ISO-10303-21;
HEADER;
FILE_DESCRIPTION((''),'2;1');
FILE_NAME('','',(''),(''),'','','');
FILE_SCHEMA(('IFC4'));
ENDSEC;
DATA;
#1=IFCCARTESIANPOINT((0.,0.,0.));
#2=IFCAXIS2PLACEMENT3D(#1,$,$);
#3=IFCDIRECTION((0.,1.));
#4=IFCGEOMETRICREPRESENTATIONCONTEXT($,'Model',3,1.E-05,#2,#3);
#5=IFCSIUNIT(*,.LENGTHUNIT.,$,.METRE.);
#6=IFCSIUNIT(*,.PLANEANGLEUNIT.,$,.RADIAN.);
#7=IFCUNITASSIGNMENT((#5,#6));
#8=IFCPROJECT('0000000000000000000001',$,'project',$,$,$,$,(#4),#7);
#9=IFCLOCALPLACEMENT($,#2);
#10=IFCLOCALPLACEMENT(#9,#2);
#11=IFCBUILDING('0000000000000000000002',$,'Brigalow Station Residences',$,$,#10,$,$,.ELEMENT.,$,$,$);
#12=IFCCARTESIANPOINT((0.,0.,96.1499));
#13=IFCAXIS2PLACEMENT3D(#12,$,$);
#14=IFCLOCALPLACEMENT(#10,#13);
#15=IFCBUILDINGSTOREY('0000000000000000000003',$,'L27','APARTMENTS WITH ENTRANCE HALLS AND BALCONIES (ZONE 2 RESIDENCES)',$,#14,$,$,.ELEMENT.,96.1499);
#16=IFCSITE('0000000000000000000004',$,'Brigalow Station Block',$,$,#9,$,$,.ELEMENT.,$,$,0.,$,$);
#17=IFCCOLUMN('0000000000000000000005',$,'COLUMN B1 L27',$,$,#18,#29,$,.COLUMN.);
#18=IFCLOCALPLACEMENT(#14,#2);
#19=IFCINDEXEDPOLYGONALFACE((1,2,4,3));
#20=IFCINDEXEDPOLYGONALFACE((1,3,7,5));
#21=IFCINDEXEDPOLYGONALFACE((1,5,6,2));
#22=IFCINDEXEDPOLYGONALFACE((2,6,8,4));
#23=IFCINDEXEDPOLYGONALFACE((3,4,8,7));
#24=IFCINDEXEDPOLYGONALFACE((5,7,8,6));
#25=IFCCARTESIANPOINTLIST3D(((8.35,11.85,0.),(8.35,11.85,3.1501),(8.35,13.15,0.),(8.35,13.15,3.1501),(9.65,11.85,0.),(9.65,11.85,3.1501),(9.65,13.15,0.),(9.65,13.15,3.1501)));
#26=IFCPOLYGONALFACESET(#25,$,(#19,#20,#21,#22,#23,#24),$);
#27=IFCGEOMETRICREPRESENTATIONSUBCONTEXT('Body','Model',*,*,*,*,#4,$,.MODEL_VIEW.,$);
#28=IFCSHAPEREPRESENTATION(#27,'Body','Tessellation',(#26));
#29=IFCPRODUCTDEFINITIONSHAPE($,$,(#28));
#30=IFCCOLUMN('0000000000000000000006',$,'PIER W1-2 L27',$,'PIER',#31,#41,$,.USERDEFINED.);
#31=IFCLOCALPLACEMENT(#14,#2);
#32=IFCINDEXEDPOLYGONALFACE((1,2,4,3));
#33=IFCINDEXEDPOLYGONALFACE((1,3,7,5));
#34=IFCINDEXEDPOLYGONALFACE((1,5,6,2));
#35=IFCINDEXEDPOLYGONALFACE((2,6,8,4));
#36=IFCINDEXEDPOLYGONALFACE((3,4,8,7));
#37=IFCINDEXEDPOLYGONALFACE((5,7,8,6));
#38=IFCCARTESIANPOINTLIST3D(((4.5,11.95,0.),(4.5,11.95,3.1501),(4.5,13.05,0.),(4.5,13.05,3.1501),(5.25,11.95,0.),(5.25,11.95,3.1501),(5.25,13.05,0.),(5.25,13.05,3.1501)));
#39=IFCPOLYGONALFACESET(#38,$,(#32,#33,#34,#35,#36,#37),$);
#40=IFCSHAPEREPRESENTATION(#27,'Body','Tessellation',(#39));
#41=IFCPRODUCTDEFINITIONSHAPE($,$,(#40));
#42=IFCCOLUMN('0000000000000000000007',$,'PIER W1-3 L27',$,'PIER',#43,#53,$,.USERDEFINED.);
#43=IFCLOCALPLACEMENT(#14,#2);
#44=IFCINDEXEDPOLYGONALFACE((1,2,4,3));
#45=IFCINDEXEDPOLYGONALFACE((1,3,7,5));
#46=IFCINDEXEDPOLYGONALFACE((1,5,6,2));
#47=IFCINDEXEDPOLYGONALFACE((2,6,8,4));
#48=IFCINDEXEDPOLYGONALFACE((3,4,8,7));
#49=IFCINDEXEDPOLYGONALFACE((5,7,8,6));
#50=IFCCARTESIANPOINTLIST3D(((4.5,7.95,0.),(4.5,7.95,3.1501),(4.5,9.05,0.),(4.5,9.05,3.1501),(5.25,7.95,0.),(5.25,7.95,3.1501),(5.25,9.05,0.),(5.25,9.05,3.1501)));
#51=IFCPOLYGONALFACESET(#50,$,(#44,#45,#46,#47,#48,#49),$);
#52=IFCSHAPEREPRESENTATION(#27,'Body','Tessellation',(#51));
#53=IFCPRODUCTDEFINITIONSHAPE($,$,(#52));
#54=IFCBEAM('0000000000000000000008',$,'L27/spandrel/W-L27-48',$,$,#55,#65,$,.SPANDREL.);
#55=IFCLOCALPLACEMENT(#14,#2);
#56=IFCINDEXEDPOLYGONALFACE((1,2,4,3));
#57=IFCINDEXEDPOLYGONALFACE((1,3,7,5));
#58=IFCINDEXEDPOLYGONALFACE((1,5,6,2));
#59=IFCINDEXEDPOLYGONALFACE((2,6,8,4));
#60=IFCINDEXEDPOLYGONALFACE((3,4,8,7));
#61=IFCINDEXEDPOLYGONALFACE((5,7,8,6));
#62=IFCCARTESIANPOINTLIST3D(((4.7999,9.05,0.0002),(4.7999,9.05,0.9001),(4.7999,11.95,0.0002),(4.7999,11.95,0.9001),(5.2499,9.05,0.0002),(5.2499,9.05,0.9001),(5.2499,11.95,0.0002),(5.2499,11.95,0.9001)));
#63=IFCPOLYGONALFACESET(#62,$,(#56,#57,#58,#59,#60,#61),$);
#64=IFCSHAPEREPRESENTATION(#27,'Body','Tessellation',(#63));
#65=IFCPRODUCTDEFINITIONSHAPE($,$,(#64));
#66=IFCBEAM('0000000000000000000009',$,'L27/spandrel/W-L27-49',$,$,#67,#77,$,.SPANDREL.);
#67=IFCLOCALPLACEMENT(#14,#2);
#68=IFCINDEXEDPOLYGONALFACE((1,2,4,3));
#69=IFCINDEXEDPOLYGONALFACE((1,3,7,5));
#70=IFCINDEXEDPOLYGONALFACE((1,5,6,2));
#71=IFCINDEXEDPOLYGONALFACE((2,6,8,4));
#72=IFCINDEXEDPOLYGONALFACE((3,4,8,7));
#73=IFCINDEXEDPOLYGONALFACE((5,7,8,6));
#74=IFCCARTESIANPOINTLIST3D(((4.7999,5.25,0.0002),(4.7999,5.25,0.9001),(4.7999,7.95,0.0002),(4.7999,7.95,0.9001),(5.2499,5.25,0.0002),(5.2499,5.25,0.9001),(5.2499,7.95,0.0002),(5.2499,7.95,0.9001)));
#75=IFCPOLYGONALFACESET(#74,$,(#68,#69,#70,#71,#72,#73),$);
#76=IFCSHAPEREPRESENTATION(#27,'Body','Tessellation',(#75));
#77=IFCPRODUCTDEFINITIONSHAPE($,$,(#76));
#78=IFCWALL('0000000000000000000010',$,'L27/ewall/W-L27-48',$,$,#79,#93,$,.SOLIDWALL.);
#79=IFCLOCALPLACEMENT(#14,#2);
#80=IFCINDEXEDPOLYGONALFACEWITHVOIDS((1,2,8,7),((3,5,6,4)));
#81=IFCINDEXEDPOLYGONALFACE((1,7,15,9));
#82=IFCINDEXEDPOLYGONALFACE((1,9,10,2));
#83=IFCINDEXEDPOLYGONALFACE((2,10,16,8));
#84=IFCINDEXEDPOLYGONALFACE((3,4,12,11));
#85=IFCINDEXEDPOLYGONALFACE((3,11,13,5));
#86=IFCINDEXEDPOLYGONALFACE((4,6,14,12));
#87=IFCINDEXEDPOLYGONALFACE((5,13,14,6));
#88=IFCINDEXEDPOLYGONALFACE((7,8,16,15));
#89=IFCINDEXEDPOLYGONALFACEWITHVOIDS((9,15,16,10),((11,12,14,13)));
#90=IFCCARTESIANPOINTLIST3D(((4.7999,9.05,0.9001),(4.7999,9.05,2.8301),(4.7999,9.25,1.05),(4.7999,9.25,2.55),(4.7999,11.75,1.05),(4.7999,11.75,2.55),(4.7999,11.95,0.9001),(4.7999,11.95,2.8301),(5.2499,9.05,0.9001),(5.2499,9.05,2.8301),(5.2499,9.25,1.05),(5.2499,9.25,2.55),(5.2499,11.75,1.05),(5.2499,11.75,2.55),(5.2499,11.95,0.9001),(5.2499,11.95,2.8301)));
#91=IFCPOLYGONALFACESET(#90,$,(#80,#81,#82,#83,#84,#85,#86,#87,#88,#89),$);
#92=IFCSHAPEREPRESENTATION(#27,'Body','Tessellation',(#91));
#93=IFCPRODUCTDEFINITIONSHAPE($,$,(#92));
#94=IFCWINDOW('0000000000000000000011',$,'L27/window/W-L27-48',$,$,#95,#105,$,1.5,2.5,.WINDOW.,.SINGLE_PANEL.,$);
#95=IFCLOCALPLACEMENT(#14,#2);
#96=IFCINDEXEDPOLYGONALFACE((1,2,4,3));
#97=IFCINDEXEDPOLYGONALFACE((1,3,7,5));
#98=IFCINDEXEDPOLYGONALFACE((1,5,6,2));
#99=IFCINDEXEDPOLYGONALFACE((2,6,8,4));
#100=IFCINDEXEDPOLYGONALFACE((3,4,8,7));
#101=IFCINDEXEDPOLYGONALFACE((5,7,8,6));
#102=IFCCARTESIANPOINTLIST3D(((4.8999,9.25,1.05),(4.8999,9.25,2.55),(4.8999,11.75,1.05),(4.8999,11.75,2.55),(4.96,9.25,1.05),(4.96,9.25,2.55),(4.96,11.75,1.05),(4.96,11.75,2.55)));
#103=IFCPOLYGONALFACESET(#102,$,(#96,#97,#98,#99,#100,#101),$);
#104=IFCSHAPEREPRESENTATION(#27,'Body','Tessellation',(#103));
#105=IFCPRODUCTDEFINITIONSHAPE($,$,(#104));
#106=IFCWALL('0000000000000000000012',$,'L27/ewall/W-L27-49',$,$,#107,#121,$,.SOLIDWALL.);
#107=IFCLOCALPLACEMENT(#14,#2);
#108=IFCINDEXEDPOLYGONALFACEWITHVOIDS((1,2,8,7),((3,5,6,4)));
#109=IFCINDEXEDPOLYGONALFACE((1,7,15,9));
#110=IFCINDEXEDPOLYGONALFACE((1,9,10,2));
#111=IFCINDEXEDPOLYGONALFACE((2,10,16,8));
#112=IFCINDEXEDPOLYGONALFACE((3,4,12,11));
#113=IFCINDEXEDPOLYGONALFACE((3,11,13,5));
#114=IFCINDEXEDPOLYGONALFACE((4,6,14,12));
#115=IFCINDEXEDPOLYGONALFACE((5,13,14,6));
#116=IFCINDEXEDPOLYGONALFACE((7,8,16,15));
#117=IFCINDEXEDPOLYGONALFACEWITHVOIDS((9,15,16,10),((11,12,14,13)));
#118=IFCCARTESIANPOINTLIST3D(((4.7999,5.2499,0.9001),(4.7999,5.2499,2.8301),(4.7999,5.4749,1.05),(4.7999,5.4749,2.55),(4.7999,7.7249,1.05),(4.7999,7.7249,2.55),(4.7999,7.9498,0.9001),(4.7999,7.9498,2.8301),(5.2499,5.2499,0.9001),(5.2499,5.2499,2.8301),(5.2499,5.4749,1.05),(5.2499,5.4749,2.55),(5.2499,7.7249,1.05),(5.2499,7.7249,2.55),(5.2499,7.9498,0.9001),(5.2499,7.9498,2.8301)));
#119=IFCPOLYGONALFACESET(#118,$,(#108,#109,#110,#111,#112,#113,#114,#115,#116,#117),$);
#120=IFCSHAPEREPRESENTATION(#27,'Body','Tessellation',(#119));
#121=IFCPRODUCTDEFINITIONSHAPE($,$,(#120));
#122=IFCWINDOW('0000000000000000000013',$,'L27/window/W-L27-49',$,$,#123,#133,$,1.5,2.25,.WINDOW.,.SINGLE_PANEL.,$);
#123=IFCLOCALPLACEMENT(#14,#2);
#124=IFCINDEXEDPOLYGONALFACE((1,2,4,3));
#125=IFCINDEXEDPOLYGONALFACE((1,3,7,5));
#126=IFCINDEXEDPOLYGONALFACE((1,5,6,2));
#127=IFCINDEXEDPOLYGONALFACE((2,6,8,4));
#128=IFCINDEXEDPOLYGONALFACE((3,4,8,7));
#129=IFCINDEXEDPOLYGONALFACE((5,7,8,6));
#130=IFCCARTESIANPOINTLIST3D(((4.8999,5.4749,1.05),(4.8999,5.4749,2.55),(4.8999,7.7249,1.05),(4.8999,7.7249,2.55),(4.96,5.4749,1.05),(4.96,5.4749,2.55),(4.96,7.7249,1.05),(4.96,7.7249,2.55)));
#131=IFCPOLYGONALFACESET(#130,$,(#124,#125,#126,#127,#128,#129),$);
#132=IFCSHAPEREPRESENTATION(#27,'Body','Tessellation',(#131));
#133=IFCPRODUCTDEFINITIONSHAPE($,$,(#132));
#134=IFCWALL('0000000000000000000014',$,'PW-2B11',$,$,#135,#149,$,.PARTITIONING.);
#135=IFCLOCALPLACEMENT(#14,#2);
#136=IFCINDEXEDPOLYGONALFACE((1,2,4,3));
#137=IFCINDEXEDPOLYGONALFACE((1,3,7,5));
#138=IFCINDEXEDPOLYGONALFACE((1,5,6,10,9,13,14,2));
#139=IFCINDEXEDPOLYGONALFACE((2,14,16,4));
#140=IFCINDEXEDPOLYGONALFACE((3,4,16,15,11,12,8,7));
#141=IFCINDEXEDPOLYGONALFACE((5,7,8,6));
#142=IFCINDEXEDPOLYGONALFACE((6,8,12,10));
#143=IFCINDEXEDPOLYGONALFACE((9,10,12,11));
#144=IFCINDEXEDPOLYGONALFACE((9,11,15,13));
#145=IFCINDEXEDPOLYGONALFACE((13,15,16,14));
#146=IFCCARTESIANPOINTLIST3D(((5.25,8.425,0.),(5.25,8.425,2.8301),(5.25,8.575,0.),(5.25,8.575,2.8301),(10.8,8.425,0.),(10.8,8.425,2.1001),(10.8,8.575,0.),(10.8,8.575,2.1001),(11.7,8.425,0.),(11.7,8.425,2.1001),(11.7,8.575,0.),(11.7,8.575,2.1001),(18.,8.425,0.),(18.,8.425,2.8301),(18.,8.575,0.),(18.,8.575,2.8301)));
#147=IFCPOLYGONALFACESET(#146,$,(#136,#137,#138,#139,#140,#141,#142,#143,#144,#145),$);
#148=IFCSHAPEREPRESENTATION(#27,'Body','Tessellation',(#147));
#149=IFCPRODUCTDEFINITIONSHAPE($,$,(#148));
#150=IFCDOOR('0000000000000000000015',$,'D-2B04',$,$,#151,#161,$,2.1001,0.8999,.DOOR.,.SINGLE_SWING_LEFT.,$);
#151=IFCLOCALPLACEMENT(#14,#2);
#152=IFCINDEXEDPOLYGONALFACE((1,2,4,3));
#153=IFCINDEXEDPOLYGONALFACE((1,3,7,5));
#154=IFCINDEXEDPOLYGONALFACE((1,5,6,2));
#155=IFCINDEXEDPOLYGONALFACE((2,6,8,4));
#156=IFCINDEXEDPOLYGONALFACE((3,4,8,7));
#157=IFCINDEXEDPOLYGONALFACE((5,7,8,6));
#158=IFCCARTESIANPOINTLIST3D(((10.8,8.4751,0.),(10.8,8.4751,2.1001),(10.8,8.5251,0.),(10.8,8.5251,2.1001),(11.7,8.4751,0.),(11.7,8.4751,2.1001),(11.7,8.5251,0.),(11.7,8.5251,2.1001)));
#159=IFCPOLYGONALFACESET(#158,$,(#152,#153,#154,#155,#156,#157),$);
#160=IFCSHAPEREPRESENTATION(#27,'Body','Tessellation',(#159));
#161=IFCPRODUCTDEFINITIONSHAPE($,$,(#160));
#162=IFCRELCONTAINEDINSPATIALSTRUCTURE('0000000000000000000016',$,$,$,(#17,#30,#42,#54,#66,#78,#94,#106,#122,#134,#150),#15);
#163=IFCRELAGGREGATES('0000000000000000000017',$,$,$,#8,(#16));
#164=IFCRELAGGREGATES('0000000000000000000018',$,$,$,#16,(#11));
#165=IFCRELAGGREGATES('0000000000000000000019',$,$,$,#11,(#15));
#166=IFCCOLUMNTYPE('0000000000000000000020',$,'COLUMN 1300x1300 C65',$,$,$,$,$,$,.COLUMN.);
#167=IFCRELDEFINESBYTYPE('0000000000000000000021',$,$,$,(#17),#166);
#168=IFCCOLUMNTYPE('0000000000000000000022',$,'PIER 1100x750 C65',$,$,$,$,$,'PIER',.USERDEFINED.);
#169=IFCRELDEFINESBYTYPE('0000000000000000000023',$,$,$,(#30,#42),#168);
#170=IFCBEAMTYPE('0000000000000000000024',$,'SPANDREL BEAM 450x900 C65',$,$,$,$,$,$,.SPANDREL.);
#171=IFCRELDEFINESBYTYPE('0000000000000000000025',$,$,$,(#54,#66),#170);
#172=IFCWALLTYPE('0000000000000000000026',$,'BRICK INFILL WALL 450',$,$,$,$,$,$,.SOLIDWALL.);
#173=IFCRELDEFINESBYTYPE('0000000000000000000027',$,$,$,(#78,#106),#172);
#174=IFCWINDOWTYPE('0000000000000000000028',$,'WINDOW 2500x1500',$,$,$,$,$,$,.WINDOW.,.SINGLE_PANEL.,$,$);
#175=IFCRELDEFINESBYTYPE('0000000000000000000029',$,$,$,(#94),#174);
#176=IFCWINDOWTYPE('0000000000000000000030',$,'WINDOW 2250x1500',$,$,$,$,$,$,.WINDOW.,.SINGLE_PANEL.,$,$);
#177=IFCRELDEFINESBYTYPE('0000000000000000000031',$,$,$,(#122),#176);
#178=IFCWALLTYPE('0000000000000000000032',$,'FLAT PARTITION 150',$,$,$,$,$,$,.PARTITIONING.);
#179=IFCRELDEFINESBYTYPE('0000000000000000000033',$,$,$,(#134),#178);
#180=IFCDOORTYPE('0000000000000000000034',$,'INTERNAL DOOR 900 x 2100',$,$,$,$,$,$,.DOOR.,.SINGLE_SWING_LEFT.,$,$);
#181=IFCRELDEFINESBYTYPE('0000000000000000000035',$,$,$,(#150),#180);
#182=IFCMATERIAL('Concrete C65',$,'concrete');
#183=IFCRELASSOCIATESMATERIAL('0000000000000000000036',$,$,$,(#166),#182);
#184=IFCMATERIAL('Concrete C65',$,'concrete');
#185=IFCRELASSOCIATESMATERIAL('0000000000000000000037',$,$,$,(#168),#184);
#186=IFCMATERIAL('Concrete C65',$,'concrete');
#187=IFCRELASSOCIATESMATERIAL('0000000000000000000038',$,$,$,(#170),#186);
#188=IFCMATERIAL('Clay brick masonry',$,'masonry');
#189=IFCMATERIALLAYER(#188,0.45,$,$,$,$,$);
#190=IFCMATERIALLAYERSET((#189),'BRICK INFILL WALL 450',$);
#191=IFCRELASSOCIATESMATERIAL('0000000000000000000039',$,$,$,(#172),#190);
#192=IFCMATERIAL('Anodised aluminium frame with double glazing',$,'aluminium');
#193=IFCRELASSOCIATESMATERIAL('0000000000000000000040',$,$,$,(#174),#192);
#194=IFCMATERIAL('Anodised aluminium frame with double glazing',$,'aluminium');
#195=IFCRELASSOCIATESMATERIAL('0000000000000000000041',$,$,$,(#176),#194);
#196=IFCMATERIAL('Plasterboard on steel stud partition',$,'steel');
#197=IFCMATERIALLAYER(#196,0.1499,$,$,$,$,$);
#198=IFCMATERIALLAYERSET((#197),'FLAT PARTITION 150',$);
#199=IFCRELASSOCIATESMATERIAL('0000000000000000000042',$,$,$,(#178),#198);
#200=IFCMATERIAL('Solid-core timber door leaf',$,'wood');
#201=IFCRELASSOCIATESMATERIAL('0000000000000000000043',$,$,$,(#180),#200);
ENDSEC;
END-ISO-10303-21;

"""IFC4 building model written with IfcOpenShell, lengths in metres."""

from ifc_helpers import new_model, si_unit, direction, frame, frame_2d, origin, origin_2d, place, context, subcontext, project, spatial, rectangle, extrude, material, layer, layer_set, material_profile, profile_set, type_object, element, fill, save


model = new_model("IFC4")

# Units and contexts
model_context = context("Model", 3, precision=1e-05, world=origin(), true_north=direction((0.0, 1.0)))
body_context = subcontext(model_context, "Body", "Model", "MODEL_VIEW")
ifc_project = project(units=[si_unit("LENGTHUNIT", "METRE"), si_unit("PLANEANGLEUNIT", "RADIAN")], contexts=[model_context])

# Site, building, storey
site_placement = place(None, origin())
site = spatial("IfcSite", under=ifc_project, at=site_placement, Name="Brigalow Station Block", CompositionType="ELEMENT", RefElevation=0.0)
building_placement = place(site_placement, origin())
building = spatial("IfcBuilding", under=site, at=building_placement, Name="Brigalow Station Residences", CompositionType="ELEMENT")
storey_placement = place(building_placement, frame((0.0, 0.0, 96.1499)))
storey = spatial("IfcBuildingStorey", under=building, at=storey_placement, Name="L27", Description="APARTMENTS WITH ENTRANCE HALLS AND BALCONIES (ZONE 2 RESIDENCES)", CompositionType="ELEMENT", Elevation=96.1499)

# Columns
ifc_material_1 = material(Name="Concrete C65", Category="concrete")
ifc_material_profile_1 = material_profile(ifc_material_1, rectangle(XDim=1.3, YDim=1.3, at=origin_2d()), Name="RC1300x1300")
ifc_profile_set_1 = profile_set([ifc_material_profile_1], Name="Concrete C65")
column_type_1 = type_object("IfcColumnType", Name="COLUMN 1300x1300 C65", PredefinedType="COLUMN", material=ifc_profile_set_1)
column_placement = place(storey_placement, frame((9.0, 12.5, 0.0), z_axis=(0.0, 0.0, 1.0), x_axis=(1.0, 0.0, 0.0)))
element("IfcColumn", 1, at=column_placement, inside=storey, type_object=column_type_1, Name="COLUMN B1 L27", PredefinedType="COLUMN", context=body_context, shape_type="SweptSolid", body=[
    extrude(rectangle(XDim=1.3, YDim=1.3, at=origin_2d()), origin(), (0.0, 0.0, 1.0), 3.1501),
])
ifc_material_2 = material(Name="Concrete C65", Category="concrete")
ifc_material_profile_2 = material_profile(ifc_material_2, rectangle(XDim=1.1001, YDim=0.75, at=origin_2d()), Name="RC1100x750")
ifc_profile_set_2 = profile_set([ifc_material_profile_2], Name="Concrete C65")
column_type_2 = type_object("IfcColumnType", Name="PIER 1100x750 C65", ElementType="PIER", PredefinedType="USERDEFINED", material=ifc_profile_set_2)
for number, where, z_axis, x_axis, name in (
    (2, (4.875, 12.5, 0.0), (0.0, 0.0, 1.0), (0.0, -1.0, 0.0), "PIER W1-2 L27"),
    (3, (4.875, 8.5, 0.0), (0.0, 0.0, 1.0), (0.0, -1.0, 0.0), "PIER W1-3 L27"),
):
    element("IfcColumn", number, at=place(storey_placement, frame(where, z_axis=z_axis, x_axis=x_axis)), inside=storey, type_object=column_type_2, Name=name, ObjectType="PIER", PredefinedType="USERDEFINED", context=body_context, shape_type="SweptSolid", body=[
        extrude(rectangle(XDim=1.1001, YDim=0.75, at=origin_2d()), origin(), (0.0, 0.0, 1.0), 3.1501),
    ])

# Beams
ifc_material_3 = material(Name="Concrete C65", Category="concrete")
ifc_material_profile_3 = material_profile(ifc_material_3, rectangle(XDim=0.45, YDim=0.8999, at=origin_2d()), Name="RC450x900")
ifc_profile_set_3 = profile_set([ifc_material_profile_3], Name="Concrete C65")
beam_type = type_object("IfcBeamType", Name="SPANDREL BEAM 450x900 C65", PredefinedType="SPANDREL", material=ifc_profile_set_3)
beam_1_placement = place(storey_placement, frame((5.0249, 11.95, 0.4502), z_axis=(0.0, -1.0, 0.0), x_axis=(1.0, 0.0, 0.0)))
element("IfcBeam", 4, at=beam_1_placement, inside=storey, type_object=beam_type, Name="L27/spandrel/W-L27-48", PredefinedType="SPANDREL", context=body_context, shape_type="SweptSolid", body=[
    extrude(rectangle(XDim=0.45, YDim=0.8999, at=origin_2d()), origin(), (0.0, 0.0, 1.0), 2.8999),
])
beam_2_placement = place(storey_placement, frame((5.0249, 7.95, 0.4502), z_axis=(0.0, -1.0, 0.0), x_axis=(1.0, 0.0, 0.0)))
element("IfcBeam", 5, at=beam_2_placement, inside=storey, type_object=beam_type, Name="L27/spandrel/W-L27-49", PredefinedType="SPANDREL", context=body_context, shape_type="SweptSolid", body=[
    extrude(rectangle(XDim=0.45, YDim=0.8999, at=origin_2d()), origin(), (0.0, 0.0, 1.0), 2.7),
])

# Walls, openings, windows
ifc_material_4 = material(Name="Clay brick masonry", Category="masonry")
ifc_layer_1 = layer(ifc_material_4, 0.45)
ifc_layer_set_1 = layer_set([ifc_layer_1], Name="BRICK INFILL WALL 450")
wall_type_1 = type_object("IfcWallType", Name="BRICK INFILL WALL 450", PredefinedType="SOLIDWALL", material=ifc_layer_set_1)
wall_1_placement = place(storey_placement, frame((5.0249, 11.95, 0.9001), z_axis=(0.0, 0.0, 1.0), x_axis=(0.0, -1.0, 0.0)))
wall_1 = element("IfcWall", 6, at=wall_1_placement, inside=storey, type_object=wall_type_1, Name="L27/ewall/W-L27-48", PredefinedType="SOLIDWALL", context=body_context, shape_type="SweptSolid", body=[
    extrude(rectangle(XDim=2.8999, YDim=0.45, at=frame_2d((1.45, 0.0))), origin(), (0.0, 0.0, 1.0), 1.9299),
])
opening_1_placement = place(wall_1_placement, frame((0.2, 0.0, 0.1499)))
opening_1 = element("IfcOpeningElement", 7, at=opening_1_placement, cuts=wall_1, PredefinedType="OPENING", context=body_context, shape_type="SweptSolid", body=[
    extrude(rectangle(XDim=2.5, YDim=1.5, at=frame_2d((1.25, 0.75))), frame((0.0, 0.2349, 0.0), z_axis=(0.0, -1.0, 0.0), x_axis=(1.0, 0.0, 0.0)), (0.0, 0.0, 1.0), 0.47),
])
ifc_material_5 = material(Name="Anodised aluminium frame with double glazing", Category="aluminium")
window_type_1 = type_object("IfcWindowType", Name="WINDOW 2500x1500", PartitioningType="SINGLE_PANEL", PredefinedType="WINDOW", material=ifc_material_5)
window_1_placement = place(opening_1_placement, origin())
window_1 = element("IfcWindow", 8, at=window_1_placement, inside=storey, type_object=window_type_1, Name="L27/window/W-L27-48", OverallHeight=1.5, OverallWidth=2.5, PartitioningType="SINGLE_PANEL", PredefinedType="WINDOW", context=body_context, shape_type="SweptSolid", body=[
    extrude(rectangle(XDim=2.5, YDim=1.5, at=frame_2d((1.25, 0.75))), frame((0.0, -0.0649, 0.0), z_axis=(0.0, -1.0, 0.0), x_axis=(1.0, 0.0, 0.0)), (0.0, 0.0, 1.0), 0.0601),
])
fill(opening_1, window_1)
wall_2_placement = place(storey_placement, frame((5.0249, 7.95, 0.9001), z_axis=(0.0, 0.0, 1.0), x_axis=(0.0, -1.0, 0.0)))
wall_2 = element("IfcWall", 9, at=wall_2_placement, inside=storey, type_object=wall_type_1, Name="L27/ewall/W-L27-49", PredefinedType="SOLIDWALL", context=body_context, shape_type="SweptSolid", body=[
    extrude(rectangle(XDim=2.7, YDim=0.45, at=frame_2d((1.3501, 0.0))), origin(), (0.0, 0.0, 1.0), 1.9299),
])
opening_2_placement = place(wall_2_placement, frame((0.2251, 0.0, 0.1499)))
opening_2 = element("IfcOpeningElement", 10, at=opening_2_placement, cuts=wall_2, PredefinedType="OPENING", context=body_context, shape_type="SweptSolid", body=[
    extrude(rectangle(XDim=2.25, YDim=1.5, at=frame_2d((1.125, 0.75))), frame((0.0, 0.2349, 0.0), z_axis=(0.0, -1.0, 0.0), x_axis=(1.0, 0.0, 0.0)), (0.0, 0.0, 1.0), 0.47),
])
ifc_material_6 = material(Name="Anodised aluminium frame with double glazing", Category="aluminium")
window_type_2 = type_object("IfcWindowType", Name="WINDOW 2250x1500", PartitioningType="SINGLE_PANEL", PredefinedType="WINDOW", material=ifc_material_6)
window_2_placement = place(opening_2_placement, origin())
window_2 = element("IfcWindow", 11, at=window_2_placement, inside=storey, type_object=window_type_2, Name="L27/window/W-L27-49", OverallHeight=1.5, OverallWidth=2.25, PartitioningType="SINGLE_PANEL", PredefinedType="WINDOW", context=body_context, shape_type="SweptSolid", body=[
    extrude(rectangle(XDim=2.25, YDim=1.5, at=frame_2d((1.125, 0.75))), frame((0.0, -0.0649, 0.0), z_axis=(0.0, -1.0, 0.0), x_axis=(1.0, 0.0, 0.0)), (0.0, 0.0, 1.0), 0.0601),
])
fill(opening_2, window_2)

# Wall, opening, door
ifc_material_7 = material(Name="Plasterboard on steel stud partition", Category="steel")
ifc_layer_2 = layer(ifc_material_7, 0.1499)
ifc_layer_set_2 = layer_set([ifc_layer_2], Name="FLAT PARTITION 150")
wall_type_2 = type_object("IfcWallType", Name="FLAT PARTITION 150", PredefinedType="PARTITIONING", material=ifc_layer_set_2)
wall_3_placement = place(storey_placement, frame((5.25, 8.5, 0.0), z_axis=(0.0, 0.0, 1.0), x_axis=(1.0, 0.0, 0.0)))
wall_3 = element("IfcWall", 12, at=wall_3_placement, inside=storey, type_object=wall_type_2, Name="PW-2B11", PredefinedType="PARTITIONING", context=body_context, shape_type="SweptSolid", body=[
    extrude(rectangle(XDim=12.75, YDim=0.1499, at=frame_2d((6.375, 0.0))), origin(), (0.0, 0.0, 1.0), 2.8301),
])
opening_3_placement = place(wall_3_placement, frame((5.55, 0.0, 0.0)))
opening_3 = element("IfcOpeningElement", 13, at=opening_3_placement, cuts=wall_3, PredefinedType="OPENING", context=body_context, shape_type="SweptSolid", body=[
    extrude(rectangle(XDim=0.8999, YDim=2.1001, at=frame_2d((0.45, 1.05))), frame((0.0, 0.085, 0.0), z_axis=(0.0, -1.0, 0.0), x_axis=(1.0, 0.0, 0.0)), (0.0, 0.0, 1.0), 0.1699),
])
ifc_material_8 = material(Name="Solid-core timber door leaf", Category="wood")
door_type = type_object("IfcDoorType", Name="INTERNAL DOOR 900 x 2100", OperationType="SINGLE_SWING_LEFT", PredefinedType="DOOR", material=ifc_material_8)
door_1_placement = place(opening_3_placement, frame((0.8999, 0.0, 0.0), z_axis=(0.0, 0.0, 1.0), x_axis=(-1.0, 0.0, 0.0)))
door_1 = element("IfcDoor", 14, at=door_1_placement, inside=storey, type_object=door_type, Name="D-2B04", OperationType="SINGLE_SWING_LEFT", OverallHeight=2.1001, OverallWidth=0.8999, PredefinedType="DOOR", context=body_context, shape_type="SweptSolid", body=[
    extrude(rectangle(XDim=0.8999, YDim=2.1001, at=frame_2d((0.45, 1.05))), frame((0.0, 0.0249, 0.0), z_axis=(0.0, -1.0, 0.0), x_axis=(1.0, 0.0, 0.0)), (0.0, 0.0, 1.0), 0.05),
])
fill(opening_3, door_1)

save(model, "model.ifc")
